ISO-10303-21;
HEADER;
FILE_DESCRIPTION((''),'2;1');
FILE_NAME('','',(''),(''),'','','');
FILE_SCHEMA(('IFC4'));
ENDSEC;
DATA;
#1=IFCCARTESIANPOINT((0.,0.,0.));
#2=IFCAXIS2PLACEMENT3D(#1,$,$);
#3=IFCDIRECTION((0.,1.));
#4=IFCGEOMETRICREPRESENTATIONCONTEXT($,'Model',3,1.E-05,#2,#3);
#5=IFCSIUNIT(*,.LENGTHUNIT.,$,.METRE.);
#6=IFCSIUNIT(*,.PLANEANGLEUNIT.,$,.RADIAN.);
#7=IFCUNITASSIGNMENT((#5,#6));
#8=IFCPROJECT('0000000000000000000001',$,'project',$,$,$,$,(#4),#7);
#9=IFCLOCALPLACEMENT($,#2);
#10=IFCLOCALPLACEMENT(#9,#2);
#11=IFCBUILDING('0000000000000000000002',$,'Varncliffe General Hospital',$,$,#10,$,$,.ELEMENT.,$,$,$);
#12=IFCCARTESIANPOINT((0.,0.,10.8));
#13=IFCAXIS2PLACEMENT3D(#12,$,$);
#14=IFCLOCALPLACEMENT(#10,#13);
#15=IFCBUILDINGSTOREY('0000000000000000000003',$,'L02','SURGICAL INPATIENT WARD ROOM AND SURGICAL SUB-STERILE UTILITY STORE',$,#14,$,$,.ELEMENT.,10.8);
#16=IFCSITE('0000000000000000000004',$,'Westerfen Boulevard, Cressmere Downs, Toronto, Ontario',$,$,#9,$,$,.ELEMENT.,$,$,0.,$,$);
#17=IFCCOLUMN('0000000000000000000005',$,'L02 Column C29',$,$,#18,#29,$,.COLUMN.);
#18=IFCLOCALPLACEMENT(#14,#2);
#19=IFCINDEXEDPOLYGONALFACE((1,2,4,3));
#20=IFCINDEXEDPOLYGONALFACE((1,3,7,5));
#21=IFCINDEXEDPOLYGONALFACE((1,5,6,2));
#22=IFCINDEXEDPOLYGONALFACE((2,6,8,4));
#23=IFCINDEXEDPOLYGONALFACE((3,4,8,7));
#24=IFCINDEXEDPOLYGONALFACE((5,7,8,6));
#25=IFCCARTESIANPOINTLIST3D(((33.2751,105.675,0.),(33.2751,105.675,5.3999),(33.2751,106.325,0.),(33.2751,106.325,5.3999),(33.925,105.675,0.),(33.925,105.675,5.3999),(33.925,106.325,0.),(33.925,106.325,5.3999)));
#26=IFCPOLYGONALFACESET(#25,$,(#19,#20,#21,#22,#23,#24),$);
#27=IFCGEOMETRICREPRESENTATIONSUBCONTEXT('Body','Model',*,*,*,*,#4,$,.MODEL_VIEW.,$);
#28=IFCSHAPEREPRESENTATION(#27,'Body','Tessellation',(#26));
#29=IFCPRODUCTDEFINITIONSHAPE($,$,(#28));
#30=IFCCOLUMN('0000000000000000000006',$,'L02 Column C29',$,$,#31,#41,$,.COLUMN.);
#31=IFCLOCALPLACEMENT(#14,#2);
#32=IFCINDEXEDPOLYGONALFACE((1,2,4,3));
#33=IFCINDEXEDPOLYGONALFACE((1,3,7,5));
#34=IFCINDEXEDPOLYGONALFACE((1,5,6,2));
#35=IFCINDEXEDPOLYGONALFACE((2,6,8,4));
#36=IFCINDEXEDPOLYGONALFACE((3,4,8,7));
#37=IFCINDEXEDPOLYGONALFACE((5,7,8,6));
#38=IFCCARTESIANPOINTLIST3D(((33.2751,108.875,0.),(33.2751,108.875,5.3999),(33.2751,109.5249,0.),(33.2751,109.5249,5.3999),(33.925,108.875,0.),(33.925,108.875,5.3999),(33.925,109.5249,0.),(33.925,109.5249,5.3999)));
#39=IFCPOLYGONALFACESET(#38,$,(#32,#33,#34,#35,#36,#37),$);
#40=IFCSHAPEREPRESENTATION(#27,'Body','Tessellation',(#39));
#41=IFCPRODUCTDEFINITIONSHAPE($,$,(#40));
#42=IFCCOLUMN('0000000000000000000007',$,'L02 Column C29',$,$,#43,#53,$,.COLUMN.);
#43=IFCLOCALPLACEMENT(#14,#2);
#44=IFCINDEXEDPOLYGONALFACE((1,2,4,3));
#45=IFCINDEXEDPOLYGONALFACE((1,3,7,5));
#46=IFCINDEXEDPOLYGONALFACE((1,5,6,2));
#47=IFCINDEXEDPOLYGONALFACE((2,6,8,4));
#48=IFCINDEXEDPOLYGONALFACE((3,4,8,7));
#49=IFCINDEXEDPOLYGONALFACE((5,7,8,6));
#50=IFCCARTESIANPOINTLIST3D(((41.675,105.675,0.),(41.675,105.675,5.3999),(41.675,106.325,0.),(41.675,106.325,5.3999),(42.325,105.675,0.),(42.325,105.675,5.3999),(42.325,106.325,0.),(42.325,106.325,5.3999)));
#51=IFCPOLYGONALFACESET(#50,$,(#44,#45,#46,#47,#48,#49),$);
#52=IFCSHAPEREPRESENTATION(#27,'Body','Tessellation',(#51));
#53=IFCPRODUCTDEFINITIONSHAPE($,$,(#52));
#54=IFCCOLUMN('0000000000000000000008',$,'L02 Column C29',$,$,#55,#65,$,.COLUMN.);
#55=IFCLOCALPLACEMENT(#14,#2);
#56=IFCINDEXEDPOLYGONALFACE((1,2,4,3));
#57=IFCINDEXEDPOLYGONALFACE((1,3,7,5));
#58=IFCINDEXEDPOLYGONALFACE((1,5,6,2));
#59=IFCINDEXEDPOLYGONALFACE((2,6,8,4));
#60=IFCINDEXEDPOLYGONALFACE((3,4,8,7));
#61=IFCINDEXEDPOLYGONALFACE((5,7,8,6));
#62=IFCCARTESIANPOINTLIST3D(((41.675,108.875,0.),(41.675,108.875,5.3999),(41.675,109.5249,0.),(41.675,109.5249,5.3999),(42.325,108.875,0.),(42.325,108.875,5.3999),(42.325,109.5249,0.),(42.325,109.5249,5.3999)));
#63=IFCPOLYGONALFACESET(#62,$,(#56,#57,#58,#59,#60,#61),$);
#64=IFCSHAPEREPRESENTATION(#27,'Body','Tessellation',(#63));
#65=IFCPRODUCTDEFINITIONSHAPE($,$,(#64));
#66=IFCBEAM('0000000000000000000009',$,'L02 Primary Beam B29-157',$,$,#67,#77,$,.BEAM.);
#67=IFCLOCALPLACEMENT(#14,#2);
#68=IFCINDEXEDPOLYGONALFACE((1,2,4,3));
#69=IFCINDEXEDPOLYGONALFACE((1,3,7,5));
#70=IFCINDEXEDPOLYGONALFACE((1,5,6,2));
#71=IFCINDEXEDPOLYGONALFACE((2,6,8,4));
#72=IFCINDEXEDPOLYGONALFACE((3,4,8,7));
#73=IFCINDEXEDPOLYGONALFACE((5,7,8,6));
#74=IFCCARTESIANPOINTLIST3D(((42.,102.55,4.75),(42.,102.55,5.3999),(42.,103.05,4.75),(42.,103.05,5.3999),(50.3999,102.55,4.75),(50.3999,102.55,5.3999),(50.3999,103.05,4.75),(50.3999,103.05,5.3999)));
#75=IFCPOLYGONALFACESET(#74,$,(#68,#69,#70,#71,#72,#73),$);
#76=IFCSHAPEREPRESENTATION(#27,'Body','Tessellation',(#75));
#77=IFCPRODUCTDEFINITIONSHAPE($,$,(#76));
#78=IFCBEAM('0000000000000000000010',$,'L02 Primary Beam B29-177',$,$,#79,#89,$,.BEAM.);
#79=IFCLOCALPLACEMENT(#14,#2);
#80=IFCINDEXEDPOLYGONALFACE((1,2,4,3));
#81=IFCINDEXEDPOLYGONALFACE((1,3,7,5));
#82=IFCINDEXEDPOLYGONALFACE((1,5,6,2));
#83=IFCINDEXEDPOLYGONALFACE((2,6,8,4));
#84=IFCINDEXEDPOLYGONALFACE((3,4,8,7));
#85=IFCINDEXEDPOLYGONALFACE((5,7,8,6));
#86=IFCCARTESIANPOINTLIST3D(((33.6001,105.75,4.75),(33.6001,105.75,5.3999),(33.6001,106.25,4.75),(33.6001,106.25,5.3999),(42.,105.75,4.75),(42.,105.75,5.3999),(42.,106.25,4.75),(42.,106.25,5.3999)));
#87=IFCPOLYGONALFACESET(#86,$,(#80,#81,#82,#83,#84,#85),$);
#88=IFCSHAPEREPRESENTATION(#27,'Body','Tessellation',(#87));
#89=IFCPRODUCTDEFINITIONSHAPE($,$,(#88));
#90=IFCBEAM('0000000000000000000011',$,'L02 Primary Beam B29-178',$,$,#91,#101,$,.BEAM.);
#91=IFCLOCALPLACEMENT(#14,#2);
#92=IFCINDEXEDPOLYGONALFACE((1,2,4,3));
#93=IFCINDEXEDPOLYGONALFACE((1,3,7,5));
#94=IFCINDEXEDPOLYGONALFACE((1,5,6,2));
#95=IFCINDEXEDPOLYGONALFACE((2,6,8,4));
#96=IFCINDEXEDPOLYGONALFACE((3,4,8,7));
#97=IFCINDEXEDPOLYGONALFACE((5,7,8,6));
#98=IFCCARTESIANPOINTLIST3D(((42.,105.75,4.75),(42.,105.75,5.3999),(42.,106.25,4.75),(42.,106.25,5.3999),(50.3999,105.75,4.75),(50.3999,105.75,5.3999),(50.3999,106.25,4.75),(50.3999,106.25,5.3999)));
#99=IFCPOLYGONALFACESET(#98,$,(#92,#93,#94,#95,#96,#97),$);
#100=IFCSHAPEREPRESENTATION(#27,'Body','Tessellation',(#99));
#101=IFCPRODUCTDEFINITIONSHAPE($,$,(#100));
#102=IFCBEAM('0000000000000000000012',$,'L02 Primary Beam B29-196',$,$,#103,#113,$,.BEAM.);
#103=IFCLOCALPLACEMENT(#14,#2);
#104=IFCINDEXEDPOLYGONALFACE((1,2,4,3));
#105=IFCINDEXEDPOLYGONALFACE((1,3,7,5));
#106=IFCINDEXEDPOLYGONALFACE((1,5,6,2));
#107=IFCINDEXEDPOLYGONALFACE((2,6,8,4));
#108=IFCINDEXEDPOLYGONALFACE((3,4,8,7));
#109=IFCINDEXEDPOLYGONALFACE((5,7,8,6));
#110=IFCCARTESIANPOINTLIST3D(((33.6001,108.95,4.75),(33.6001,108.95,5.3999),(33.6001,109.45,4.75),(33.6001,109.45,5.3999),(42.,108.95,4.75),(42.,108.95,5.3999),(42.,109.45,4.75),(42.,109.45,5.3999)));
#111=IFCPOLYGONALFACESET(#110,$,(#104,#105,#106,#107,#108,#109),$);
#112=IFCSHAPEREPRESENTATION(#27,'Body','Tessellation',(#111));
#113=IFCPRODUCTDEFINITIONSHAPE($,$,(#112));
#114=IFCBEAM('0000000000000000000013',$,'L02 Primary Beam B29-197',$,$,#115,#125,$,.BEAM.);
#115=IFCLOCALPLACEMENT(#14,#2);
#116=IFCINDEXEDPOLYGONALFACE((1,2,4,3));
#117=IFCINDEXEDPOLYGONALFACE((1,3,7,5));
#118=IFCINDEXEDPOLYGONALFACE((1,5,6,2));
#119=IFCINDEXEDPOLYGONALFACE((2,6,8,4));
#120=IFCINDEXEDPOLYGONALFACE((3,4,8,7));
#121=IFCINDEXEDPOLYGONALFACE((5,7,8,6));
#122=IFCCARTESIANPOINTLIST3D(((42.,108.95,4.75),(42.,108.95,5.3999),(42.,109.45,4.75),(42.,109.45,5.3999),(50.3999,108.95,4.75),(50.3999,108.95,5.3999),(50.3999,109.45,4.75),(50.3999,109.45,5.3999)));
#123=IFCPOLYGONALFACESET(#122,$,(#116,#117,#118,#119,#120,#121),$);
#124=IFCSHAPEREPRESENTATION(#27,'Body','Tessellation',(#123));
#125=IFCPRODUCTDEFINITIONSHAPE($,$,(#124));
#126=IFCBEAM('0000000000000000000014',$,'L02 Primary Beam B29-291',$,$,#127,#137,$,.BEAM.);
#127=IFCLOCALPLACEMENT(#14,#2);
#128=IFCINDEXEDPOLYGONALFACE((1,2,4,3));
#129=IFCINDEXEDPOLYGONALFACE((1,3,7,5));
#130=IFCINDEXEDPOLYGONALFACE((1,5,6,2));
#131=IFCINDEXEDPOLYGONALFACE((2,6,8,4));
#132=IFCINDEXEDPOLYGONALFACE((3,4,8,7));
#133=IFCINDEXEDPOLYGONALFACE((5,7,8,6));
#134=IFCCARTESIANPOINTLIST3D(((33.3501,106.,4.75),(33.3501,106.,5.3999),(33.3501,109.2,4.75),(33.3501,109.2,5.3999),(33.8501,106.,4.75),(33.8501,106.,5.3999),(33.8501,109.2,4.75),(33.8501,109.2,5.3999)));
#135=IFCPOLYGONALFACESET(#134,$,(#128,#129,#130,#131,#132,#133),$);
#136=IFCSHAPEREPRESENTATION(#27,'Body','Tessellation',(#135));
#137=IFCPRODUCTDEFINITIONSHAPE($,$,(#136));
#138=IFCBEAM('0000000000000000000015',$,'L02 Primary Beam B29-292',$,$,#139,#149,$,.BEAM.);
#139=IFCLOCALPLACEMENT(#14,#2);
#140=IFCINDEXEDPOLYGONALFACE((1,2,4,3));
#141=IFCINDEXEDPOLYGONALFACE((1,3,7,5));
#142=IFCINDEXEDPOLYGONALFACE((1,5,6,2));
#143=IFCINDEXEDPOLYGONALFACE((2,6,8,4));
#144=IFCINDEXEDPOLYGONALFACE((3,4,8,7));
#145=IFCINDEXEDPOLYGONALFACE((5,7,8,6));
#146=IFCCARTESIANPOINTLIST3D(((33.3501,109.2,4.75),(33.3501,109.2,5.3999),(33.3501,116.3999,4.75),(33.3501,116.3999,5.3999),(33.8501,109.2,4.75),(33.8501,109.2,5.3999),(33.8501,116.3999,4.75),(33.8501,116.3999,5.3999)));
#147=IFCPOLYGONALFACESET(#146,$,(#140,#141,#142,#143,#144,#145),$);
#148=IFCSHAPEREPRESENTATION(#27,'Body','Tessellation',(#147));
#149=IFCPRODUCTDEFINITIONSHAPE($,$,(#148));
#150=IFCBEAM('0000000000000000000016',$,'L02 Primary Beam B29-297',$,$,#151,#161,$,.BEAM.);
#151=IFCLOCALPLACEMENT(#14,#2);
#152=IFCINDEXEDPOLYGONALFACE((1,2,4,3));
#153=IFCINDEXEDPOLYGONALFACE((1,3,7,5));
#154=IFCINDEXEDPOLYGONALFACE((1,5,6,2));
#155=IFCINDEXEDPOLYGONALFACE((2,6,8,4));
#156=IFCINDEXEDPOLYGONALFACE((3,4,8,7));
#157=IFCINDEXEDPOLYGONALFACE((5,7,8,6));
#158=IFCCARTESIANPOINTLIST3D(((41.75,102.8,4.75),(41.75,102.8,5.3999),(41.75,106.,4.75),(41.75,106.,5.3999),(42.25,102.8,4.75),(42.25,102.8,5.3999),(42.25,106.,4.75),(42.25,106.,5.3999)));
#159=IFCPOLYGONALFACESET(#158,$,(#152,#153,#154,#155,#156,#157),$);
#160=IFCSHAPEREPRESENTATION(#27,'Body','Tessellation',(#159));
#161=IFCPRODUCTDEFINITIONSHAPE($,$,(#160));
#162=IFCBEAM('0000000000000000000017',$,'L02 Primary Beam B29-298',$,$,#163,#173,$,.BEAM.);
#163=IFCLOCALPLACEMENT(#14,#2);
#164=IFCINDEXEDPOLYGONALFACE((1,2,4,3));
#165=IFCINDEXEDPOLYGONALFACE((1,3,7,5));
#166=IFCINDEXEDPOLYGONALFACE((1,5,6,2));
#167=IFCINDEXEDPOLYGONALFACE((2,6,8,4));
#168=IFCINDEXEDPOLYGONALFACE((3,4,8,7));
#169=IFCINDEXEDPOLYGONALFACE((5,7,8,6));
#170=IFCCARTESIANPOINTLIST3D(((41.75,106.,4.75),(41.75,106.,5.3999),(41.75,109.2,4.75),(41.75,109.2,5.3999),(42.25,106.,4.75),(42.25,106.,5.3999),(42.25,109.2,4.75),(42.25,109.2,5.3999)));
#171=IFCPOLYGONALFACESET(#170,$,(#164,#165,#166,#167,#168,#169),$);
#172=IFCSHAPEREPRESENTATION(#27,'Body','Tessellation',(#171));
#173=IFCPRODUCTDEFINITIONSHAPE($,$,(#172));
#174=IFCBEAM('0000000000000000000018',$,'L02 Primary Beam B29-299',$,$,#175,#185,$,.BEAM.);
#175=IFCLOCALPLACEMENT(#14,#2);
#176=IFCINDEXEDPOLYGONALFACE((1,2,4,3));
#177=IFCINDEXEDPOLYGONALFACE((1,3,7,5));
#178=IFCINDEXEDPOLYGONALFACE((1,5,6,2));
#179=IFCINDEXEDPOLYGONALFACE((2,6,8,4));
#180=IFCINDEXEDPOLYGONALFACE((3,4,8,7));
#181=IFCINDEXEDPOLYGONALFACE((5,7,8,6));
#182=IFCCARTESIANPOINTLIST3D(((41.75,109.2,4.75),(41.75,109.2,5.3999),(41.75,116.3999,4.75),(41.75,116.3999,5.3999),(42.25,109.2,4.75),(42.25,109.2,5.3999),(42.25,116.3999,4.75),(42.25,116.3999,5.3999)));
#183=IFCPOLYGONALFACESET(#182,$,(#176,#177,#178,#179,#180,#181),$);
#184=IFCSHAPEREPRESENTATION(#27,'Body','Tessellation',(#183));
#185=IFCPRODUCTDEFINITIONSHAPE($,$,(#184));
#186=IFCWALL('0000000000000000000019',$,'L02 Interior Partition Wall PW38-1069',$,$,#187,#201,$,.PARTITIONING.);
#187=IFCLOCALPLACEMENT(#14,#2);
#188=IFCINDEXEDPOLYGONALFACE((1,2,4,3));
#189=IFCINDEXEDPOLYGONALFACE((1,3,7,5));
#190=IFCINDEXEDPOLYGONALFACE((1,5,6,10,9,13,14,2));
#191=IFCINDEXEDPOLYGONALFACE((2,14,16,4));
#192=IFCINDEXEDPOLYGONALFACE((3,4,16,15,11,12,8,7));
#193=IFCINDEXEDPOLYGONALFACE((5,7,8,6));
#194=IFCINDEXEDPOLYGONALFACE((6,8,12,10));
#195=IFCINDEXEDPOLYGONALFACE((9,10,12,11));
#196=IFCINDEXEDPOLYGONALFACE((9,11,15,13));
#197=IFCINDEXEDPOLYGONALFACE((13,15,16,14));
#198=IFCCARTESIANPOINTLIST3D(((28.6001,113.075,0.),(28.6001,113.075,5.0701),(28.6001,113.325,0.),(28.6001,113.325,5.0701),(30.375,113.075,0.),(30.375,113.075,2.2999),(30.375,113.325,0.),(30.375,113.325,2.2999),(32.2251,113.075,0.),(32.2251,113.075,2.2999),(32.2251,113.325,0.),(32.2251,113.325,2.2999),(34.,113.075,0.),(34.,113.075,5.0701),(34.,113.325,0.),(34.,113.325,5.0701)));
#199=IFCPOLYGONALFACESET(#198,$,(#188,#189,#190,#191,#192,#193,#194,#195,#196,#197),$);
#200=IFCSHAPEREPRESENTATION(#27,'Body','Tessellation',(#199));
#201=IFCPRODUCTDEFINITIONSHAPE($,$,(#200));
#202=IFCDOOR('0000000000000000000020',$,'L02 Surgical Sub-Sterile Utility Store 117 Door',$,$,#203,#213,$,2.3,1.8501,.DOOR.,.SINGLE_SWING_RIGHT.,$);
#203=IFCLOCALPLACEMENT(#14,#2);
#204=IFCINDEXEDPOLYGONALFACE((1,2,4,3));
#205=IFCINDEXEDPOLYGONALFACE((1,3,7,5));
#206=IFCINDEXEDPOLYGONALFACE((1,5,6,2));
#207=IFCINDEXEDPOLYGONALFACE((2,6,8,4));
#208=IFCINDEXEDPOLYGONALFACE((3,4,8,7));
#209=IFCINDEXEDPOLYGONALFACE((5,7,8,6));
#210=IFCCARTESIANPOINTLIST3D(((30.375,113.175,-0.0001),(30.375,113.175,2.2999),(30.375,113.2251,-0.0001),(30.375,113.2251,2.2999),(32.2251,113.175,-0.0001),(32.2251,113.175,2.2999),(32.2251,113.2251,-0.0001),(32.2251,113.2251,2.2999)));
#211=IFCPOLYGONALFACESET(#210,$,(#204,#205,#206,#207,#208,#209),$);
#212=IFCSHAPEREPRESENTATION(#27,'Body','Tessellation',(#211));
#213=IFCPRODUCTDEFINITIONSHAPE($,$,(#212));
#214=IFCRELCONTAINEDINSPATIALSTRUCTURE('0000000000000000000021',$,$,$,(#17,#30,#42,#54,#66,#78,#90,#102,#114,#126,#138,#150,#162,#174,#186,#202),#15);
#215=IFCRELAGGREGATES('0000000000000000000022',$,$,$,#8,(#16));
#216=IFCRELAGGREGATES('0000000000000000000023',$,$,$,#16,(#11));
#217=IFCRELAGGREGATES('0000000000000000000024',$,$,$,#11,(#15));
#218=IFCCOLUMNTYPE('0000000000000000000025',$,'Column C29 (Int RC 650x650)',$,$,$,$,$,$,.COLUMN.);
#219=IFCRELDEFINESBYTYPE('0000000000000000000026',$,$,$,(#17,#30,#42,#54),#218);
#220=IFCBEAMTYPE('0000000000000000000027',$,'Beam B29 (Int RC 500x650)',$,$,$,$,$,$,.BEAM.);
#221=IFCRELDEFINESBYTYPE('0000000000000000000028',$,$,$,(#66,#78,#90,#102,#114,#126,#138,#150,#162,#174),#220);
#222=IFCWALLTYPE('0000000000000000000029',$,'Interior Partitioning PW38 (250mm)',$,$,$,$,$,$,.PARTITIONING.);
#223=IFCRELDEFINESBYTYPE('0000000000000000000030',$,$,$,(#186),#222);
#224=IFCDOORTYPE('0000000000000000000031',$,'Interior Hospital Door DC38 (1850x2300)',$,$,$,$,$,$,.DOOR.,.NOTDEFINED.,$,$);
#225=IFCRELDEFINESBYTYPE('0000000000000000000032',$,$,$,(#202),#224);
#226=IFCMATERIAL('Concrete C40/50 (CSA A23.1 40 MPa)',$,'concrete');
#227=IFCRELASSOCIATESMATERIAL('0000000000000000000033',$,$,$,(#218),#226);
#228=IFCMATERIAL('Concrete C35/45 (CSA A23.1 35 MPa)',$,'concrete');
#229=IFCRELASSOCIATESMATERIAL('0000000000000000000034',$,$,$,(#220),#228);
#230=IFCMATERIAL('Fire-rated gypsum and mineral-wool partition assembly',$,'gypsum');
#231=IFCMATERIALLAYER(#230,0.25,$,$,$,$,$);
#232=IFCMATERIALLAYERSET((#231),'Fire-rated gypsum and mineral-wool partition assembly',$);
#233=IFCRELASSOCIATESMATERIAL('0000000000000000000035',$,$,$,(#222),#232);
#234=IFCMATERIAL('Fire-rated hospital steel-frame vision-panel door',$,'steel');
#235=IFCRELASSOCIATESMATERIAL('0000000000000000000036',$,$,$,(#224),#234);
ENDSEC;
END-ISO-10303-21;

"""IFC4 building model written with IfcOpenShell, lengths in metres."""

from ifc_helpers import new_model, si_unit, direction, frame, frame_2d, origin, origin_2d, place, context, subcontext, project, spatial, rectangle, extrude, material, layer, layer_set, material_profile, profile_set, type_object, element, fill, save


model = new_model("IFC4")

# Units and contexts
model_context = context("Model", 3, precision=1e-05, world=origin(), true_north=direction((0.0, 1.0)))
body_context = subcontext(model_context, "Body", "Model", "MODEL_VIEW")
ifc_project = project(units=[si_unit("LENGTHUNIT", "METRE"), si_unit("PLANEANGLEUNIT", "RADIAN")], contexts=[model_context])

# Site, building, storey
site_placement = place(None, origin())
site = spatial("IfcSite", under=ifc_project, at=site_placement, Name="Westerfen Boulevard, Cressmere Downs, Toronto, Ontario", CompositionType="ELEMENT", RefElevation=0.0)
building_placement = place(site_placement, origin())
building = spatial("IfcBuilding", under=site, at=building_placement, Name="Varncliffe General Hospital", CompositionType="ELEMENT")
storey_placement = place(building_placement, frame((0.0, 0.0, 10.8)))
storey = spatial("IfcBuildingStorey", under=building, at=storey_placement, Name="L02", Description="SURGICAL INPATIENT WARD ROOM AND SURGICAL SUB-STERILE UTILITY STORE", CompositionType="ELEMENT", Elevation=10.8)

# Columns
ifc_material_1 = material(Name="Concrete C40/50 (CSA A23.1 40 MPa)", Category="concrete")
ifc_material_profile_1 = material_profile(ifc_material_1, rectangle(XDim=0.6499, YDim=0.6499, at=origin_2d()), Name="RC 650x650")
ifc_profile_set_1 = profile_set([ifc_material_profile_1], Name="Concrete C40/50 (CSA A23.1 40 MPa)")
column_type = type_object("IfcColumnType", Name="Column C29 (Int RC 650x650)", PredefinedType="COLUMN", material=ifc_profile_set_1)
for number, where, z_axis, x_axis, name in (
    (1, (33.6001, 106.0, 0.0), (0.0, 0.0, 1.0), (1.0, 0.0, 0.0), "L02 Column C29"),
    (2, (33.6001, 109.2, 0.0), (0.0, 0.0, 1.0), (1.0, 0.0, 0.0), "L02 Column C29"),
    (3, (42.0, 106.0, 0.0), (0.0, 0.0, 1.0), (1.0, 0.0, 0.0), "L02 Column C29"),
    (4, (42.0, 109.2, 0.0), (0.0, 0.0, 1.0), (1.0, 0.0, 0.0), "L02 Column C29"),
):
    element("IfcColumn", number, at=place(storey_placement, frame(where, z_axis=z_axis, x_axis=x_axis)), inside=storey, type_object=column_type, Name=name, PredefinedType="COLUMN", context=body_context, shape_type="SweptSolid", body=[
        extrude(rectangle(XDim=0.6499, YDim=0.6499, at=origin_2d()), origin(), (0.0, 0.0, 1.0), 5.3999),
    ])

# Beams
ifc_material_2 = material(Name="Concrete C35/45 (CSA A23.1 35 MPa)", Category="concrete")
ifc_material_profile_2 = material_profile(ifc_material_2, rectangle(XDim=0.5, YDim=0.6499, at=origin_2d()), Name="RC 500x650")
ifc_profile_set_2 = profile_set([ifc_material_profile_2], Name="Concrete C35/45 (CSA A23.1 35 MPa)")
beam_type = type_object("IfcBeamType", Name="Beam B29 (Int RC 500x650)", PredefinedType="BEAM", material=ifc_profile_set_2)
for number, where, z_axis, x_axis, name in (
    (5, (42.0, 102.8, 5.075), (1.0, 0.0, 0.0), (0.0, 1.0, 0.0), "L02 Primary Beam B29-157"),
    (6, (33.6001, 106.0, 5.075), (1.0, 0.0, 0.0), (0.0, 1.0, 0.0), "L02 Primary Beam B29-177"),
    (7, (42.0, 106.0, 5.075), (1.0, 0.0, 0.0), (0.0, 1.0, 0.0), "L02 Primary Beam B29-178"),
    (8, (33.6001, 109.2, 5.075), (1.0, 0.0, 0.0), (0.0, 1.0, 0.0), "L02 Primary Beam B29-196"),
    (9, (42.0, 109.2, 5.075), (1.0, 0.0, 0.0), (0.0, 1.0, 0.0), "L02 Primary Beam B29-197"),
):
    element("IfcBeam", number, at=place(storey_placement, frame(where, z_axis=z_axis, x_axis=x_axis)), inside=storey, type_object=beam_type, Name=name, PredefinedType="BEAM", context=body_context, shape_type="SweptSolid", body=[
        extrude(rectangle(XDim=0.5, YDim=0.6499, at=origin_2d()), origin(), (0.0, 0.0, 1.0), 8.3999),
    ])
beam_1_placement = place(storey_placement, frame((33.6001, 106.0, 5.075), z_axis=(0.0, 1.0, 0.0), x_axis=(-1.0, 0.0, 0.0)))
element("IfcBeam", 10, at=beam_1_placement, inside=storey, type_object=beam_type, Name="L02 Primary Beam B29-291", PredefinedType="BEAM", context=body_context, shape_type="SweptSolid", body=[
    extrude(rectangle(XDim=0.5, YDim=0.6499, at=origin_2d()), origin(), (0.0, 0.0, 1.0), 3.2),
])
beam_2_placement = place(storey_placement, frame((33.6001, 109.2, 5.075), z_axis=(0.0, 1.0, 0.0), x_axis=(-1.0, 0.0, 0.0)))
element("IfcBeam", 11, at=beam_2_placement, inside=storey, type_object=beam_type, Name="L02 Primary Beam B29-292", PredefinedType="BEAM", context=body_context, shape_type="SweptSolid", body=[
    extrude(rectangle(XDim=0.5, YDim=0.6499, at=origin_2d()), origin(), (0.0, 0.0, 1.0), 7.2),
])
for number, where, z_axis, x_axis, name in (
    (12, (42.0, 102.8, 5.075), (0.0, 1.0, 0.0), (-1.0, 0.0, 0.0), "L02 Primary Beam B29-297"),
    (13, (42.0, 106.0, 5.075), (0.0, 1.0, 0.0), (-1.0, 0.0, 0.0), "L02 Primary Beam B29-298"),
):
    element("IfcBeam", number, at=place(storey_placement, frame(where, z_axis=z_axis, x_axis=x_axis)), inside=storey, type_object=beam_type, Name=name, PredefinedType="BEAM", context=body_context, shape_type="SweptSolid", body=[
        extrude(rectangle(XDim=0.5, YDim=0.6499, at=origin_2d()), origin(), (0.0, 0.0, 1.0), 3.2),
    ])
beam_3_placement = place(storey_placement, frame((42.0, 109.2, 5.075), z_axis=(0.0, 1.0, 0.0), x_axis=(-1.0, 0.0, 0.0)))
element("IfcBeam", 14, at=beam_3_placement, inside=storey, type_object=beam_type, Name="L02 Primary Beam B29-299", PredefinedType="BEAM", context=body_context, shape_type="SweptSolid", body=[
    extrude(rectangle(XDim=0.5, YDim=0.6499, at=origin_2d()), origin(), (0.0, 0.0, 1.0), 7.2),
])

# Wall, opening, door
ifc_material_3 = material(Name="Fire-rated gypsum and mineral-wool partition assembly", Category="gypsum")
ifc_layer_1 = layer(ifc_material_3, 0.25)
ifc_layer_set_1 = layer_set([ifc_layer_1], Name="Fire-rated gypsum and mineral-wool partition assembly")
wall_type_1 = type_object("IfcWallType", Name="Interior Partitioning PW38 (250mm)", PredefinedType="PARTITIONING", material=ifc_layer_set_1)
wall_1_placement = place(storey_placement, frame((28.6001, 113.2, 0.0), z_axis=(0.0, 0.0, 1.0), x_axis=(1.0, 0.0, 0.0)))
wall_1 = element("IfcWall", 15, at=wall_1_placement, inside=storey, type_object=wall_type_1, Name="L02 Interior Partition Wall PW38-1069", PredefinedType="PARTITIONING", context=body_context, shape_type="SweptSolid", body=[
    extrude(rectangle(XDim=5.3999, YDim=0.25, at=frame_2d((2.7, 0.0))), origin(), (0.0, 0.0, 1.0), 5.0701),
])
opening_1_placement = place(wall_1_placement, frame((1.7749, 0.0, 0.0)))
opening_1 = element("IfcOpeningElement", 16, at=opening_1_placement, cuts=wall_1, PredefinedType="OPENING", context=body_context, shape_type="SweptSolid", body=[
    extrude(rectangle(XDim=1.8501, YDim=2.3, at=frame_2d((0.925, 1.1499))), frame((0.0, 0.135, 0.0), z_axis=(0.0, -1.0, 0.0), x_axis=(1.0, 0.0, 0.0)), (0.0, 0.0, 1.0), 0.27),
])
ifc_material_4 = material(Name="Fire-rated hospital steel-frame vision-panel door", Category="steel")
door_type_1 = type_object("IfcDoorType", Name="Interior Hospital Door DC38 (1850x2300)", OperationType="NOTDEFINED", PredefinedType="DOOR", material=ifc_material_4)
door_1_placement = place(opening_1_placement, frame((1.8501, 0.0, 0.0), z_axis=(0.0, 0.0, 1.0), x_axis=(-1.0, 0.0, 0.0)))
door_1 = element("IfcDoor", 17, at=door_1_placement, inside=storey, type_object=door_type_1, Name="L02 Surgical Sub-Sterile Utility Store 117 Door", OperationType="SINGLE_SWING_RIGHT", OverallHeight=2.3, OverallWidth=1.8501, PredefinedType="DOOR", context=body_context, shape_type="SweptSolid", body=[
    extrude(rectangle(XDim=1.8501, YDim=2.3, at=frame_2d((0.925, 1.1499))), frame((0.0, 0.0249, 0.0), z_axis=(0.0, -1.0, 0.0), x_axis=(1.0, 0.0, 0.0)), (0.0, 0.0, 1.0), 0.05),
])
fill(opening_1, door_1)

save(model, "model.ifc")
